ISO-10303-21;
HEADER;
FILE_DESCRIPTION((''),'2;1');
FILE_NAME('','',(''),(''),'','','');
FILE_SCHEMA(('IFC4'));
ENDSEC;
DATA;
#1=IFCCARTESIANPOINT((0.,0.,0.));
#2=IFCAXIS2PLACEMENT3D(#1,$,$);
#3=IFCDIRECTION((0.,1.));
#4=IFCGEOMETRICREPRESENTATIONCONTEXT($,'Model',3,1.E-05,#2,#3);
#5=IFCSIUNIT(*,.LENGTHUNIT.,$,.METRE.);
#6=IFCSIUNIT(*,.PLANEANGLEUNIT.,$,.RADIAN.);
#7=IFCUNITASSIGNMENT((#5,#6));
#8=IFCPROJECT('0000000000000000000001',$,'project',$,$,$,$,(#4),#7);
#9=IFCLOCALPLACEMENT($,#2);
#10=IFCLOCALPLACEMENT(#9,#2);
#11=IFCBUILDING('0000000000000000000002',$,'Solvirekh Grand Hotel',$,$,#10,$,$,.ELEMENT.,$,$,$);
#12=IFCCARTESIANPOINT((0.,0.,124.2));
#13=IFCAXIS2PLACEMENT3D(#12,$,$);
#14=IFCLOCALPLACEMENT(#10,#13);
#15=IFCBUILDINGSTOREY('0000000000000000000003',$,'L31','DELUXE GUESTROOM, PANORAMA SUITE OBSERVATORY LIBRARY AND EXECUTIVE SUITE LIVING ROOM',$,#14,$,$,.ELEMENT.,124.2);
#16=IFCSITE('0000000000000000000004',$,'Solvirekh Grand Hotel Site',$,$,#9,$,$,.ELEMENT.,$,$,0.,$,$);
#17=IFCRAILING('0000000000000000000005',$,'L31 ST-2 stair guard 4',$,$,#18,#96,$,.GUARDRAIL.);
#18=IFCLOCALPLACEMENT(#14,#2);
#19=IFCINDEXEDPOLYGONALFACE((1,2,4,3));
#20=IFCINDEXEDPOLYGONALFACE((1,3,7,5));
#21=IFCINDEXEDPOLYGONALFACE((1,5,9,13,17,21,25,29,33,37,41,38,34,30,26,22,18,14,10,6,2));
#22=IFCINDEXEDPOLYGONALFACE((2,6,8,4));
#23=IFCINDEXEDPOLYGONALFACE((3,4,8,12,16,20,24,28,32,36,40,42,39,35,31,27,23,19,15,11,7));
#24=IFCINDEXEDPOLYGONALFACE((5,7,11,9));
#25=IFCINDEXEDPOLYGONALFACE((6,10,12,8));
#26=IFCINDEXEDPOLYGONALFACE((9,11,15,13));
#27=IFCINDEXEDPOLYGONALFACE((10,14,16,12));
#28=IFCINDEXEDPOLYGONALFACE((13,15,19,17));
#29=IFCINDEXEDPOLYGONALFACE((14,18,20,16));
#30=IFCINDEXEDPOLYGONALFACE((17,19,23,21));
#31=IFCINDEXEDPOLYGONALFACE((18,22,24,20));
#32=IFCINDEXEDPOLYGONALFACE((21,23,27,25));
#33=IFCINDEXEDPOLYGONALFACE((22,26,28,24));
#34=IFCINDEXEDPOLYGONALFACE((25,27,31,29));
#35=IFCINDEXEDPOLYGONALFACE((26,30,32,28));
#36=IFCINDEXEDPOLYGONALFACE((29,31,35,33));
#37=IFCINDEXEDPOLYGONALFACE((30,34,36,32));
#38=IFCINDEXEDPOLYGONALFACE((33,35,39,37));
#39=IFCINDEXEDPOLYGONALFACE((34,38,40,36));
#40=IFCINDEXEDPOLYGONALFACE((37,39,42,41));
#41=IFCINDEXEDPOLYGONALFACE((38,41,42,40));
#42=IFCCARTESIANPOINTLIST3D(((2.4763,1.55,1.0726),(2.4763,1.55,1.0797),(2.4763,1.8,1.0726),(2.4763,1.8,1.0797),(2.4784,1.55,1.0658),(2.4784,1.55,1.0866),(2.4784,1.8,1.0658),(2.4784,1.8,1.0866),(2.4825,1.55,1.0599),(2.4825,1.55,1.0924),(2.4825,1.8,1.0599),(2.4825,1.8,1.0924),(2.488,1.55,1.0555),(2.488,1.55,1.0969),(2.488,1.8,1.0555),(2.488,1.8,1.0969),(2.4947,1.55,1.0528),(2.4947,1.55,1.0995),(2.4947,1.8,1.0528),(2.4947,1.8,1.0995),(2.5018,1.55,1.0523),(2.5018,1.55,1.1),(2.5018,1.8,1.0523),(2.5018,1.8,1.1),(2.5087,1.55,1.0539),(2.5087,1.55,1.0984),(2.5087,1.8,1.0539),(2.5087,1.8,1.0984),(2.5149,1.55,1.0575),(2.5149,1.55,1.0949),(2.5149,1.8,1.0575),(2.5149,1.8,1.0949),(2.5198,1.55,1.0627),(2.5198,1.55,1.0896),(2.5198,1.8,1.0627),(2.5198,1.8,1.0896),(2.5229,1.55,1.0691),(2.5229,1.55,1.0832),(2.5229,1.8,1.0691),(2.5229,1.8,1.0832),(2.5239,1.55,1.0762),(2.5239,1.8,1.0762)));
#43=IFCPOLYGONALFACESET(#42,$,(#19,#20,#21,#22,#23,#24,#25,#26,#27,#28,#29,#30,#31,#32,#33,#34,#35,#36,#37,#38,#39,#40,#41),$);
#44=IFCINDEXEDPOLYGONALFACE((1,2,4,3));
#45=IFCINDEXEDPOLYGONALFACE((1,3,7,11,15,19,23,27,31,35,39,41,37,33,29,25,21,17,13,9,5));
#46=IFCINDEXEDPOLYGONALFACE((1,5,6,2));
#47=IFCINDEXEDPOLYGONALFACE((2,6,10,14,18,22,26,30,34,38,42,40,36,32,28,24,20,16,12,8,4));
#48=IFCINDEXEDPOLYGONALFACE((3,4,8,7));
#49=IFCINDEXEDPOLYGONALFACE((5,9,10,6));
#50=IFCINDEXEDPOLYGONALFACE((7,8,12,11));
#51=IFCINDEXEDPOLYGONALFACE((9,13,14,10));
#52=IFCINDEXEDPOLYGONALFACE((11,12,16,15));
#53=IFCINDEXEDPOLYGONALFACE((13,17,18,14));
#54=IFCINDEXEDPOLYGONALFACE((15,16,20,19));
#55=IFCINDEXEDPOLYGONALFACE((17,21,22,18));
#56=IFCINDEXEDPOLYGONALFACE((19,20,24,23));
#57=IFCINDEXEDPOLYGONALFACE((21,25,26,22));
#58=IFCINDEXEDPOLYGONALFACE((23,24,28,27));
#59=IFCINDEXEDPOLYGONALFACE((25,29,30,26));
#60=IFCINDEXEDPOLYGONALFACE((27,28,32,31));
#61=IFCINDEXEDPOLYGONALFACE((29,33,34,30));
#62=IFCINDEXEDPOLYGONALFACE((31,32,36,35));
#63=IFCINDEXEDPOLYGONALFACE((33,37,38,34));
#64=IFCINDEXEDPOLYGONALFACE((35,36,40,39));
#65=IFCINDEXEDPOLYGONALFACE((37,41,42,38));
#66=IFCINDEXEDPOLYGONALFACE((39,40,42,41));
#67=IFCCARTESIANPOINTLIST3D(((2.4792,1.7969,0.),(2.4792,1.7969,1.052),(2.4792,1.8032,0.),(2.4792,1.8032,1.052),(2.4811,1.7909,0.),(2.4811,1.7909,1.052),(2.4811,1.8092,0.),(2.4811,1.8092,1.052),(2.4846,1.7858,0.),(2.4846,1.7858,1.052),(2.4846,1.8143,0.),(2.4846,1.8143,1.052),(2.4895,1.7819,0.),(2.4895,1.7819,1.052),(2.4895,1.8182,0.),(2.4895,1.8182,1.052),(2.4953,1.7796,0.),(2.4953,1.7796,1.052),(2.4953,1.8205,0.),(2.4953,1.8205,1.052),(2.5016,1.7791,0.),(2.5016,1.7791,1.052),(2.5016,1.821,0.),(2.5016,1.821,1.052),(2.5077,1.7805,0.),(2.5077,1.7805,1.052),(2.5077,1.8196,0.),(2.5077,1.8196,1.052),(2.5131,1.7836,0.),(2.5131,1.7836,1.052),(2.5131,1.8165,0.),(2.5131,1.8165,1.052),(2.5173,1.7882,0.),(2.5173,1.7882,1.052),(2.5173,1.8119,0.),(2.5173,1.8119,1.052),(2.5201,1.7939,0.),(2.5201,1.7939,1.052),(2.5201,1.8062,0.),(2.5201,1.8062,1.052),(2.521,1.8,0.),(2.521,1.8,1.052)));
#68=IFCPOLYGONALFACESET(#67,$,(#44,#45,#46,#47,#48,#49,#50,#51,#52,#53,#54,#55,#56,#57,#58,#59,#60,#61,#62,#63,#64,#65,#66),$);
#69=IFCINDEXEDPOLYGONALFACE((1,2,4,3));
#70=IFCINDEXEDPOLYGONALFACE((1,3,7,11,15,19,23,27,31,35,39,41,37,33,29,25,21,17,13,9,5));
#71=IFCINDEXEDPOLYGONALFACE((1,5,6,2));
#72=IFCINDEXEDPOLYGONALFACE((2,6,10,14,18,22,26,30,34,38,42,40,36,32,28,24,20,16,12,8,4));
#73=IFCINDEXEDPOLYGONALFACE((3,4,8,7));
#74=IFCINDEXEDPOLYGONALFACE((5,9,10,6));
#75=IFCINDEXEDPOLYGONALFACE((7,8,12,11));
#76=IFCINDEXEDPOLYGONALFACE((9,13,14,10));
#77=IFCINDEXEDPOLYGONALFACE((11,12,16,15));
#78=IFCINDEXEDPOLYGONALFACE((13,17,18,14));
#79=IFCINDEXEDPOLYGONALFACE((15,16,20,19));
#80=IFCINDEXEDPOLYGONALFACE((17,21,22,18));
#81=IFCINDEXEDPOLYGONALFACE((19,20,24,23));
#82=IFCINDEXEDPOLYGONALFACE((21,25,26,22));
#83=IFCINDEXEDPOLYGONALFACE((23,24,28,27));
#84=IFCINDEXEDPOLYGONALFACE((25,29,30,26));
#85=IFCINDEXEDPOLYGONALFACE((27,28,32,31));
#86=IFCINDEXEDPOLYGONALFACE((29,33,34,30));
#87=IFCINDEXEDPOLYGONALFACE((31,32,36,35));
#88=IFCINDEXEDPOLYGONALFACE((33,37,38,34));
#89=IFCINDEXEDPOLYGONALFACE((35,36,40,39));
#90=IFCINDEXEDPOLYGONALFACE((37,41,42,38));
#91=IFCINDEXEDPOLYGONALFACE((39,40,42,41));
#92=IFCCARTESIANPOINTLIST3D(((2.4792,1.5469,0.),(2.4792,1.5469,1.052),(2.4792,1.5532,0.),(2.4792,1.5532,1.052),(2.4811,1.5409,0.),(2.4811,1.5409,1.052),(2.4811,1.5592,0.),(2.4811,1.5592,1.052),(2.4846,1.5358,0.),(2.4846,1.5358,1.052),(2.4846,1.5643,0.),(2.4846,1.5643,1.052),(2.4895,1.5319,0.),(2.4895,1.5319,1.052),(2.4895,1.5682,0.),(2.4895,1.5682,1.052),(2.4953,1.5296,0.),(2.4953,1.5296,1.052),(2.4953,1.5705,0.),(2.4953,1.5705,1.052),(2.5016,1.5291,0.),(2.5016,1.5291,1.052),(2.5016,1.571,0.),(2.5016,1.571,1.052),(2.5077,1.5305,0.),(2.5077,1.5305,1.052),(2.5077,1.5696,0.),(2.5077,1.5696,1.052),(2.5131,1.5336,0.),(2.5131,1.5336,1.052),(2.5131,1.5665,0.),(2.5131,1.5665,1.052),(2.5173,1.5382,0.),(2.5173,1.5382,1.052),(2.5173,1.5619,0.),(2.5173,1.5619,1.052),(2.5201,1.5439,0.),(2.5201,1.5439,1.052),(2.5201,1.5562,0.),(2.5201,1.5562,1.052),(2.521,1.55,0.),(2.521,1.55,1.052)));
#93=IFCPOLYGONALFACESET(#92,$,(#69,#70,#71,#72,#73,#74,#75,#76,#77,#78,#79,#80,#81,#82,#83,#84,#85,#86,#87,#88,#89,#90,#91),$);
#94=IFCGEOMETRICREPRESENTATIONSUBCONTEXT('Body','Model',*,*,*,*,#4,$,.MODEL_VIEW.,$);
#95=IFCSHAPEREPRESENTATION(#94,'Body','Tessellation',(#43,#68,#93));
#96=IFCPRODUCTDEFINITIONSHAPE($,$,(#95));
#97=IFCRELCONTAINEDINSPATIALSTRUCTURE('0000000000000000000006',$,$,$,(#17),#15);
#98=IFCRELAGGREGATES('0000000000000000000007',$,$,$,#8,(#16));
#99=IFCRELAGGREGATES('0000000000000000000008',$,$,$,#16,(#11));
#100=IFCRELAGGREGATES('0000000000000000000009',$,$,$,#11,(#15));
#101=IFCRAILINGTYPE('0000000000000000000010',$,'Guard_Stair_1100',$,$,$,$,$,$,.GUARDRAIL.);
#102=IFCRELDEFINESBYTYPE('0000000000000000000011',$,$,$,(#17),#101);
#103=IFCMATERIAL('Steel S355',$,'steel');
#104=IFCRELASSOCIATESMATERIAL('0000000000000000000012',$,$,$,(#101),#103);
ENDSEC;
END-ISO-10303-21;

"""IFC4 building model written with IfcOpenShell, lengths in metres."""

from ifc_helpers import new_model, si_unit, direction, frame, origin, origin_2d, place, context, subcontext, project, spatial, circle, extrude, material, type_object, element, save


model = new_model("IFC4")

# Units and contexts
model_context = context("Model", 3, precision=1e-05, world=origin(), true_north=direction((0.0, 1.0)))
body_context = subcontext(model_context, "Body", "Model", "MODEL_VIEW")
ifc_project = project(units=[si_unit("LENGTHUNIT", "METRE"), si_unit("PLANEANGLEUNIT", "RADIAN")], contexts=[model_context])

# Site, building, storey
site_placement = place(None, origin())
site = spatial("IfcSite", under=ifc_project, at=site_placement, Name="Solvirekh Grand Hotel Site", CompositionType="ELEMENT", RefElevation=0.0)
building_placement = place(site_placement, origin())
building = spatial("IfcBuilding", under=site, at=building_placement, Name="Solvirekh Grand Hotel", CompositionType="ELEMENT")
storey_placement = place(building_placement, frame((0.0, 0.0, 124.2)))
storey = spatial("IfcBuildingStorey", under=building, at=storey_placement, Name="L31", Description="DELUXE GUESTROOM, PANORAMA SUITE OBSERVATORY LIBRARY AND EXECUTIVE SUITE LIVING ROOM", CompositionType="ELEMENT", Elevation=124.2)

# Shared definitions
ifc_material_1 = material(Name="Steel S355", Category="steel")

# Railing
railing_type_1 = type_object("IfcRailingType", Name="Guard_Stair_1100", PredefinedType="GUARDRAIL", material=ifc_material_1)
railing_1_placement = place(storey_placement, frame((2.5, 1.8, 0.0)))
element("IfcRailing", 1, at=railing_1_placement, inside=storey, type_object=railing_type_1, Name="L31 ST-2 stair guard 4", PredefinedType="GUARDRAIL", context=body_context, shape_type="SweptSolid", body=[
    extrude(circle(Radius=0.0239, at=origin_2d()), frame((0.0, 0.0, 1.0762), z_axis=(0.0, -1.0, 0.0), x_axis=(1.0, 0.0, 0.0)), (0.0, 0.0, 1.0), 0.25),
    extrude(circle(Radius=0.021, at=origin_2d()), origin(), (0.0, 0.0, 1.0), 1.052),
    extrude(circle(Radius=0.021, at=origin_2d()), frame((0.0, -0.25, 0.0)), (0.0, 0.0, 1.0), 1.052),
])

save(model, "model.ifc")
